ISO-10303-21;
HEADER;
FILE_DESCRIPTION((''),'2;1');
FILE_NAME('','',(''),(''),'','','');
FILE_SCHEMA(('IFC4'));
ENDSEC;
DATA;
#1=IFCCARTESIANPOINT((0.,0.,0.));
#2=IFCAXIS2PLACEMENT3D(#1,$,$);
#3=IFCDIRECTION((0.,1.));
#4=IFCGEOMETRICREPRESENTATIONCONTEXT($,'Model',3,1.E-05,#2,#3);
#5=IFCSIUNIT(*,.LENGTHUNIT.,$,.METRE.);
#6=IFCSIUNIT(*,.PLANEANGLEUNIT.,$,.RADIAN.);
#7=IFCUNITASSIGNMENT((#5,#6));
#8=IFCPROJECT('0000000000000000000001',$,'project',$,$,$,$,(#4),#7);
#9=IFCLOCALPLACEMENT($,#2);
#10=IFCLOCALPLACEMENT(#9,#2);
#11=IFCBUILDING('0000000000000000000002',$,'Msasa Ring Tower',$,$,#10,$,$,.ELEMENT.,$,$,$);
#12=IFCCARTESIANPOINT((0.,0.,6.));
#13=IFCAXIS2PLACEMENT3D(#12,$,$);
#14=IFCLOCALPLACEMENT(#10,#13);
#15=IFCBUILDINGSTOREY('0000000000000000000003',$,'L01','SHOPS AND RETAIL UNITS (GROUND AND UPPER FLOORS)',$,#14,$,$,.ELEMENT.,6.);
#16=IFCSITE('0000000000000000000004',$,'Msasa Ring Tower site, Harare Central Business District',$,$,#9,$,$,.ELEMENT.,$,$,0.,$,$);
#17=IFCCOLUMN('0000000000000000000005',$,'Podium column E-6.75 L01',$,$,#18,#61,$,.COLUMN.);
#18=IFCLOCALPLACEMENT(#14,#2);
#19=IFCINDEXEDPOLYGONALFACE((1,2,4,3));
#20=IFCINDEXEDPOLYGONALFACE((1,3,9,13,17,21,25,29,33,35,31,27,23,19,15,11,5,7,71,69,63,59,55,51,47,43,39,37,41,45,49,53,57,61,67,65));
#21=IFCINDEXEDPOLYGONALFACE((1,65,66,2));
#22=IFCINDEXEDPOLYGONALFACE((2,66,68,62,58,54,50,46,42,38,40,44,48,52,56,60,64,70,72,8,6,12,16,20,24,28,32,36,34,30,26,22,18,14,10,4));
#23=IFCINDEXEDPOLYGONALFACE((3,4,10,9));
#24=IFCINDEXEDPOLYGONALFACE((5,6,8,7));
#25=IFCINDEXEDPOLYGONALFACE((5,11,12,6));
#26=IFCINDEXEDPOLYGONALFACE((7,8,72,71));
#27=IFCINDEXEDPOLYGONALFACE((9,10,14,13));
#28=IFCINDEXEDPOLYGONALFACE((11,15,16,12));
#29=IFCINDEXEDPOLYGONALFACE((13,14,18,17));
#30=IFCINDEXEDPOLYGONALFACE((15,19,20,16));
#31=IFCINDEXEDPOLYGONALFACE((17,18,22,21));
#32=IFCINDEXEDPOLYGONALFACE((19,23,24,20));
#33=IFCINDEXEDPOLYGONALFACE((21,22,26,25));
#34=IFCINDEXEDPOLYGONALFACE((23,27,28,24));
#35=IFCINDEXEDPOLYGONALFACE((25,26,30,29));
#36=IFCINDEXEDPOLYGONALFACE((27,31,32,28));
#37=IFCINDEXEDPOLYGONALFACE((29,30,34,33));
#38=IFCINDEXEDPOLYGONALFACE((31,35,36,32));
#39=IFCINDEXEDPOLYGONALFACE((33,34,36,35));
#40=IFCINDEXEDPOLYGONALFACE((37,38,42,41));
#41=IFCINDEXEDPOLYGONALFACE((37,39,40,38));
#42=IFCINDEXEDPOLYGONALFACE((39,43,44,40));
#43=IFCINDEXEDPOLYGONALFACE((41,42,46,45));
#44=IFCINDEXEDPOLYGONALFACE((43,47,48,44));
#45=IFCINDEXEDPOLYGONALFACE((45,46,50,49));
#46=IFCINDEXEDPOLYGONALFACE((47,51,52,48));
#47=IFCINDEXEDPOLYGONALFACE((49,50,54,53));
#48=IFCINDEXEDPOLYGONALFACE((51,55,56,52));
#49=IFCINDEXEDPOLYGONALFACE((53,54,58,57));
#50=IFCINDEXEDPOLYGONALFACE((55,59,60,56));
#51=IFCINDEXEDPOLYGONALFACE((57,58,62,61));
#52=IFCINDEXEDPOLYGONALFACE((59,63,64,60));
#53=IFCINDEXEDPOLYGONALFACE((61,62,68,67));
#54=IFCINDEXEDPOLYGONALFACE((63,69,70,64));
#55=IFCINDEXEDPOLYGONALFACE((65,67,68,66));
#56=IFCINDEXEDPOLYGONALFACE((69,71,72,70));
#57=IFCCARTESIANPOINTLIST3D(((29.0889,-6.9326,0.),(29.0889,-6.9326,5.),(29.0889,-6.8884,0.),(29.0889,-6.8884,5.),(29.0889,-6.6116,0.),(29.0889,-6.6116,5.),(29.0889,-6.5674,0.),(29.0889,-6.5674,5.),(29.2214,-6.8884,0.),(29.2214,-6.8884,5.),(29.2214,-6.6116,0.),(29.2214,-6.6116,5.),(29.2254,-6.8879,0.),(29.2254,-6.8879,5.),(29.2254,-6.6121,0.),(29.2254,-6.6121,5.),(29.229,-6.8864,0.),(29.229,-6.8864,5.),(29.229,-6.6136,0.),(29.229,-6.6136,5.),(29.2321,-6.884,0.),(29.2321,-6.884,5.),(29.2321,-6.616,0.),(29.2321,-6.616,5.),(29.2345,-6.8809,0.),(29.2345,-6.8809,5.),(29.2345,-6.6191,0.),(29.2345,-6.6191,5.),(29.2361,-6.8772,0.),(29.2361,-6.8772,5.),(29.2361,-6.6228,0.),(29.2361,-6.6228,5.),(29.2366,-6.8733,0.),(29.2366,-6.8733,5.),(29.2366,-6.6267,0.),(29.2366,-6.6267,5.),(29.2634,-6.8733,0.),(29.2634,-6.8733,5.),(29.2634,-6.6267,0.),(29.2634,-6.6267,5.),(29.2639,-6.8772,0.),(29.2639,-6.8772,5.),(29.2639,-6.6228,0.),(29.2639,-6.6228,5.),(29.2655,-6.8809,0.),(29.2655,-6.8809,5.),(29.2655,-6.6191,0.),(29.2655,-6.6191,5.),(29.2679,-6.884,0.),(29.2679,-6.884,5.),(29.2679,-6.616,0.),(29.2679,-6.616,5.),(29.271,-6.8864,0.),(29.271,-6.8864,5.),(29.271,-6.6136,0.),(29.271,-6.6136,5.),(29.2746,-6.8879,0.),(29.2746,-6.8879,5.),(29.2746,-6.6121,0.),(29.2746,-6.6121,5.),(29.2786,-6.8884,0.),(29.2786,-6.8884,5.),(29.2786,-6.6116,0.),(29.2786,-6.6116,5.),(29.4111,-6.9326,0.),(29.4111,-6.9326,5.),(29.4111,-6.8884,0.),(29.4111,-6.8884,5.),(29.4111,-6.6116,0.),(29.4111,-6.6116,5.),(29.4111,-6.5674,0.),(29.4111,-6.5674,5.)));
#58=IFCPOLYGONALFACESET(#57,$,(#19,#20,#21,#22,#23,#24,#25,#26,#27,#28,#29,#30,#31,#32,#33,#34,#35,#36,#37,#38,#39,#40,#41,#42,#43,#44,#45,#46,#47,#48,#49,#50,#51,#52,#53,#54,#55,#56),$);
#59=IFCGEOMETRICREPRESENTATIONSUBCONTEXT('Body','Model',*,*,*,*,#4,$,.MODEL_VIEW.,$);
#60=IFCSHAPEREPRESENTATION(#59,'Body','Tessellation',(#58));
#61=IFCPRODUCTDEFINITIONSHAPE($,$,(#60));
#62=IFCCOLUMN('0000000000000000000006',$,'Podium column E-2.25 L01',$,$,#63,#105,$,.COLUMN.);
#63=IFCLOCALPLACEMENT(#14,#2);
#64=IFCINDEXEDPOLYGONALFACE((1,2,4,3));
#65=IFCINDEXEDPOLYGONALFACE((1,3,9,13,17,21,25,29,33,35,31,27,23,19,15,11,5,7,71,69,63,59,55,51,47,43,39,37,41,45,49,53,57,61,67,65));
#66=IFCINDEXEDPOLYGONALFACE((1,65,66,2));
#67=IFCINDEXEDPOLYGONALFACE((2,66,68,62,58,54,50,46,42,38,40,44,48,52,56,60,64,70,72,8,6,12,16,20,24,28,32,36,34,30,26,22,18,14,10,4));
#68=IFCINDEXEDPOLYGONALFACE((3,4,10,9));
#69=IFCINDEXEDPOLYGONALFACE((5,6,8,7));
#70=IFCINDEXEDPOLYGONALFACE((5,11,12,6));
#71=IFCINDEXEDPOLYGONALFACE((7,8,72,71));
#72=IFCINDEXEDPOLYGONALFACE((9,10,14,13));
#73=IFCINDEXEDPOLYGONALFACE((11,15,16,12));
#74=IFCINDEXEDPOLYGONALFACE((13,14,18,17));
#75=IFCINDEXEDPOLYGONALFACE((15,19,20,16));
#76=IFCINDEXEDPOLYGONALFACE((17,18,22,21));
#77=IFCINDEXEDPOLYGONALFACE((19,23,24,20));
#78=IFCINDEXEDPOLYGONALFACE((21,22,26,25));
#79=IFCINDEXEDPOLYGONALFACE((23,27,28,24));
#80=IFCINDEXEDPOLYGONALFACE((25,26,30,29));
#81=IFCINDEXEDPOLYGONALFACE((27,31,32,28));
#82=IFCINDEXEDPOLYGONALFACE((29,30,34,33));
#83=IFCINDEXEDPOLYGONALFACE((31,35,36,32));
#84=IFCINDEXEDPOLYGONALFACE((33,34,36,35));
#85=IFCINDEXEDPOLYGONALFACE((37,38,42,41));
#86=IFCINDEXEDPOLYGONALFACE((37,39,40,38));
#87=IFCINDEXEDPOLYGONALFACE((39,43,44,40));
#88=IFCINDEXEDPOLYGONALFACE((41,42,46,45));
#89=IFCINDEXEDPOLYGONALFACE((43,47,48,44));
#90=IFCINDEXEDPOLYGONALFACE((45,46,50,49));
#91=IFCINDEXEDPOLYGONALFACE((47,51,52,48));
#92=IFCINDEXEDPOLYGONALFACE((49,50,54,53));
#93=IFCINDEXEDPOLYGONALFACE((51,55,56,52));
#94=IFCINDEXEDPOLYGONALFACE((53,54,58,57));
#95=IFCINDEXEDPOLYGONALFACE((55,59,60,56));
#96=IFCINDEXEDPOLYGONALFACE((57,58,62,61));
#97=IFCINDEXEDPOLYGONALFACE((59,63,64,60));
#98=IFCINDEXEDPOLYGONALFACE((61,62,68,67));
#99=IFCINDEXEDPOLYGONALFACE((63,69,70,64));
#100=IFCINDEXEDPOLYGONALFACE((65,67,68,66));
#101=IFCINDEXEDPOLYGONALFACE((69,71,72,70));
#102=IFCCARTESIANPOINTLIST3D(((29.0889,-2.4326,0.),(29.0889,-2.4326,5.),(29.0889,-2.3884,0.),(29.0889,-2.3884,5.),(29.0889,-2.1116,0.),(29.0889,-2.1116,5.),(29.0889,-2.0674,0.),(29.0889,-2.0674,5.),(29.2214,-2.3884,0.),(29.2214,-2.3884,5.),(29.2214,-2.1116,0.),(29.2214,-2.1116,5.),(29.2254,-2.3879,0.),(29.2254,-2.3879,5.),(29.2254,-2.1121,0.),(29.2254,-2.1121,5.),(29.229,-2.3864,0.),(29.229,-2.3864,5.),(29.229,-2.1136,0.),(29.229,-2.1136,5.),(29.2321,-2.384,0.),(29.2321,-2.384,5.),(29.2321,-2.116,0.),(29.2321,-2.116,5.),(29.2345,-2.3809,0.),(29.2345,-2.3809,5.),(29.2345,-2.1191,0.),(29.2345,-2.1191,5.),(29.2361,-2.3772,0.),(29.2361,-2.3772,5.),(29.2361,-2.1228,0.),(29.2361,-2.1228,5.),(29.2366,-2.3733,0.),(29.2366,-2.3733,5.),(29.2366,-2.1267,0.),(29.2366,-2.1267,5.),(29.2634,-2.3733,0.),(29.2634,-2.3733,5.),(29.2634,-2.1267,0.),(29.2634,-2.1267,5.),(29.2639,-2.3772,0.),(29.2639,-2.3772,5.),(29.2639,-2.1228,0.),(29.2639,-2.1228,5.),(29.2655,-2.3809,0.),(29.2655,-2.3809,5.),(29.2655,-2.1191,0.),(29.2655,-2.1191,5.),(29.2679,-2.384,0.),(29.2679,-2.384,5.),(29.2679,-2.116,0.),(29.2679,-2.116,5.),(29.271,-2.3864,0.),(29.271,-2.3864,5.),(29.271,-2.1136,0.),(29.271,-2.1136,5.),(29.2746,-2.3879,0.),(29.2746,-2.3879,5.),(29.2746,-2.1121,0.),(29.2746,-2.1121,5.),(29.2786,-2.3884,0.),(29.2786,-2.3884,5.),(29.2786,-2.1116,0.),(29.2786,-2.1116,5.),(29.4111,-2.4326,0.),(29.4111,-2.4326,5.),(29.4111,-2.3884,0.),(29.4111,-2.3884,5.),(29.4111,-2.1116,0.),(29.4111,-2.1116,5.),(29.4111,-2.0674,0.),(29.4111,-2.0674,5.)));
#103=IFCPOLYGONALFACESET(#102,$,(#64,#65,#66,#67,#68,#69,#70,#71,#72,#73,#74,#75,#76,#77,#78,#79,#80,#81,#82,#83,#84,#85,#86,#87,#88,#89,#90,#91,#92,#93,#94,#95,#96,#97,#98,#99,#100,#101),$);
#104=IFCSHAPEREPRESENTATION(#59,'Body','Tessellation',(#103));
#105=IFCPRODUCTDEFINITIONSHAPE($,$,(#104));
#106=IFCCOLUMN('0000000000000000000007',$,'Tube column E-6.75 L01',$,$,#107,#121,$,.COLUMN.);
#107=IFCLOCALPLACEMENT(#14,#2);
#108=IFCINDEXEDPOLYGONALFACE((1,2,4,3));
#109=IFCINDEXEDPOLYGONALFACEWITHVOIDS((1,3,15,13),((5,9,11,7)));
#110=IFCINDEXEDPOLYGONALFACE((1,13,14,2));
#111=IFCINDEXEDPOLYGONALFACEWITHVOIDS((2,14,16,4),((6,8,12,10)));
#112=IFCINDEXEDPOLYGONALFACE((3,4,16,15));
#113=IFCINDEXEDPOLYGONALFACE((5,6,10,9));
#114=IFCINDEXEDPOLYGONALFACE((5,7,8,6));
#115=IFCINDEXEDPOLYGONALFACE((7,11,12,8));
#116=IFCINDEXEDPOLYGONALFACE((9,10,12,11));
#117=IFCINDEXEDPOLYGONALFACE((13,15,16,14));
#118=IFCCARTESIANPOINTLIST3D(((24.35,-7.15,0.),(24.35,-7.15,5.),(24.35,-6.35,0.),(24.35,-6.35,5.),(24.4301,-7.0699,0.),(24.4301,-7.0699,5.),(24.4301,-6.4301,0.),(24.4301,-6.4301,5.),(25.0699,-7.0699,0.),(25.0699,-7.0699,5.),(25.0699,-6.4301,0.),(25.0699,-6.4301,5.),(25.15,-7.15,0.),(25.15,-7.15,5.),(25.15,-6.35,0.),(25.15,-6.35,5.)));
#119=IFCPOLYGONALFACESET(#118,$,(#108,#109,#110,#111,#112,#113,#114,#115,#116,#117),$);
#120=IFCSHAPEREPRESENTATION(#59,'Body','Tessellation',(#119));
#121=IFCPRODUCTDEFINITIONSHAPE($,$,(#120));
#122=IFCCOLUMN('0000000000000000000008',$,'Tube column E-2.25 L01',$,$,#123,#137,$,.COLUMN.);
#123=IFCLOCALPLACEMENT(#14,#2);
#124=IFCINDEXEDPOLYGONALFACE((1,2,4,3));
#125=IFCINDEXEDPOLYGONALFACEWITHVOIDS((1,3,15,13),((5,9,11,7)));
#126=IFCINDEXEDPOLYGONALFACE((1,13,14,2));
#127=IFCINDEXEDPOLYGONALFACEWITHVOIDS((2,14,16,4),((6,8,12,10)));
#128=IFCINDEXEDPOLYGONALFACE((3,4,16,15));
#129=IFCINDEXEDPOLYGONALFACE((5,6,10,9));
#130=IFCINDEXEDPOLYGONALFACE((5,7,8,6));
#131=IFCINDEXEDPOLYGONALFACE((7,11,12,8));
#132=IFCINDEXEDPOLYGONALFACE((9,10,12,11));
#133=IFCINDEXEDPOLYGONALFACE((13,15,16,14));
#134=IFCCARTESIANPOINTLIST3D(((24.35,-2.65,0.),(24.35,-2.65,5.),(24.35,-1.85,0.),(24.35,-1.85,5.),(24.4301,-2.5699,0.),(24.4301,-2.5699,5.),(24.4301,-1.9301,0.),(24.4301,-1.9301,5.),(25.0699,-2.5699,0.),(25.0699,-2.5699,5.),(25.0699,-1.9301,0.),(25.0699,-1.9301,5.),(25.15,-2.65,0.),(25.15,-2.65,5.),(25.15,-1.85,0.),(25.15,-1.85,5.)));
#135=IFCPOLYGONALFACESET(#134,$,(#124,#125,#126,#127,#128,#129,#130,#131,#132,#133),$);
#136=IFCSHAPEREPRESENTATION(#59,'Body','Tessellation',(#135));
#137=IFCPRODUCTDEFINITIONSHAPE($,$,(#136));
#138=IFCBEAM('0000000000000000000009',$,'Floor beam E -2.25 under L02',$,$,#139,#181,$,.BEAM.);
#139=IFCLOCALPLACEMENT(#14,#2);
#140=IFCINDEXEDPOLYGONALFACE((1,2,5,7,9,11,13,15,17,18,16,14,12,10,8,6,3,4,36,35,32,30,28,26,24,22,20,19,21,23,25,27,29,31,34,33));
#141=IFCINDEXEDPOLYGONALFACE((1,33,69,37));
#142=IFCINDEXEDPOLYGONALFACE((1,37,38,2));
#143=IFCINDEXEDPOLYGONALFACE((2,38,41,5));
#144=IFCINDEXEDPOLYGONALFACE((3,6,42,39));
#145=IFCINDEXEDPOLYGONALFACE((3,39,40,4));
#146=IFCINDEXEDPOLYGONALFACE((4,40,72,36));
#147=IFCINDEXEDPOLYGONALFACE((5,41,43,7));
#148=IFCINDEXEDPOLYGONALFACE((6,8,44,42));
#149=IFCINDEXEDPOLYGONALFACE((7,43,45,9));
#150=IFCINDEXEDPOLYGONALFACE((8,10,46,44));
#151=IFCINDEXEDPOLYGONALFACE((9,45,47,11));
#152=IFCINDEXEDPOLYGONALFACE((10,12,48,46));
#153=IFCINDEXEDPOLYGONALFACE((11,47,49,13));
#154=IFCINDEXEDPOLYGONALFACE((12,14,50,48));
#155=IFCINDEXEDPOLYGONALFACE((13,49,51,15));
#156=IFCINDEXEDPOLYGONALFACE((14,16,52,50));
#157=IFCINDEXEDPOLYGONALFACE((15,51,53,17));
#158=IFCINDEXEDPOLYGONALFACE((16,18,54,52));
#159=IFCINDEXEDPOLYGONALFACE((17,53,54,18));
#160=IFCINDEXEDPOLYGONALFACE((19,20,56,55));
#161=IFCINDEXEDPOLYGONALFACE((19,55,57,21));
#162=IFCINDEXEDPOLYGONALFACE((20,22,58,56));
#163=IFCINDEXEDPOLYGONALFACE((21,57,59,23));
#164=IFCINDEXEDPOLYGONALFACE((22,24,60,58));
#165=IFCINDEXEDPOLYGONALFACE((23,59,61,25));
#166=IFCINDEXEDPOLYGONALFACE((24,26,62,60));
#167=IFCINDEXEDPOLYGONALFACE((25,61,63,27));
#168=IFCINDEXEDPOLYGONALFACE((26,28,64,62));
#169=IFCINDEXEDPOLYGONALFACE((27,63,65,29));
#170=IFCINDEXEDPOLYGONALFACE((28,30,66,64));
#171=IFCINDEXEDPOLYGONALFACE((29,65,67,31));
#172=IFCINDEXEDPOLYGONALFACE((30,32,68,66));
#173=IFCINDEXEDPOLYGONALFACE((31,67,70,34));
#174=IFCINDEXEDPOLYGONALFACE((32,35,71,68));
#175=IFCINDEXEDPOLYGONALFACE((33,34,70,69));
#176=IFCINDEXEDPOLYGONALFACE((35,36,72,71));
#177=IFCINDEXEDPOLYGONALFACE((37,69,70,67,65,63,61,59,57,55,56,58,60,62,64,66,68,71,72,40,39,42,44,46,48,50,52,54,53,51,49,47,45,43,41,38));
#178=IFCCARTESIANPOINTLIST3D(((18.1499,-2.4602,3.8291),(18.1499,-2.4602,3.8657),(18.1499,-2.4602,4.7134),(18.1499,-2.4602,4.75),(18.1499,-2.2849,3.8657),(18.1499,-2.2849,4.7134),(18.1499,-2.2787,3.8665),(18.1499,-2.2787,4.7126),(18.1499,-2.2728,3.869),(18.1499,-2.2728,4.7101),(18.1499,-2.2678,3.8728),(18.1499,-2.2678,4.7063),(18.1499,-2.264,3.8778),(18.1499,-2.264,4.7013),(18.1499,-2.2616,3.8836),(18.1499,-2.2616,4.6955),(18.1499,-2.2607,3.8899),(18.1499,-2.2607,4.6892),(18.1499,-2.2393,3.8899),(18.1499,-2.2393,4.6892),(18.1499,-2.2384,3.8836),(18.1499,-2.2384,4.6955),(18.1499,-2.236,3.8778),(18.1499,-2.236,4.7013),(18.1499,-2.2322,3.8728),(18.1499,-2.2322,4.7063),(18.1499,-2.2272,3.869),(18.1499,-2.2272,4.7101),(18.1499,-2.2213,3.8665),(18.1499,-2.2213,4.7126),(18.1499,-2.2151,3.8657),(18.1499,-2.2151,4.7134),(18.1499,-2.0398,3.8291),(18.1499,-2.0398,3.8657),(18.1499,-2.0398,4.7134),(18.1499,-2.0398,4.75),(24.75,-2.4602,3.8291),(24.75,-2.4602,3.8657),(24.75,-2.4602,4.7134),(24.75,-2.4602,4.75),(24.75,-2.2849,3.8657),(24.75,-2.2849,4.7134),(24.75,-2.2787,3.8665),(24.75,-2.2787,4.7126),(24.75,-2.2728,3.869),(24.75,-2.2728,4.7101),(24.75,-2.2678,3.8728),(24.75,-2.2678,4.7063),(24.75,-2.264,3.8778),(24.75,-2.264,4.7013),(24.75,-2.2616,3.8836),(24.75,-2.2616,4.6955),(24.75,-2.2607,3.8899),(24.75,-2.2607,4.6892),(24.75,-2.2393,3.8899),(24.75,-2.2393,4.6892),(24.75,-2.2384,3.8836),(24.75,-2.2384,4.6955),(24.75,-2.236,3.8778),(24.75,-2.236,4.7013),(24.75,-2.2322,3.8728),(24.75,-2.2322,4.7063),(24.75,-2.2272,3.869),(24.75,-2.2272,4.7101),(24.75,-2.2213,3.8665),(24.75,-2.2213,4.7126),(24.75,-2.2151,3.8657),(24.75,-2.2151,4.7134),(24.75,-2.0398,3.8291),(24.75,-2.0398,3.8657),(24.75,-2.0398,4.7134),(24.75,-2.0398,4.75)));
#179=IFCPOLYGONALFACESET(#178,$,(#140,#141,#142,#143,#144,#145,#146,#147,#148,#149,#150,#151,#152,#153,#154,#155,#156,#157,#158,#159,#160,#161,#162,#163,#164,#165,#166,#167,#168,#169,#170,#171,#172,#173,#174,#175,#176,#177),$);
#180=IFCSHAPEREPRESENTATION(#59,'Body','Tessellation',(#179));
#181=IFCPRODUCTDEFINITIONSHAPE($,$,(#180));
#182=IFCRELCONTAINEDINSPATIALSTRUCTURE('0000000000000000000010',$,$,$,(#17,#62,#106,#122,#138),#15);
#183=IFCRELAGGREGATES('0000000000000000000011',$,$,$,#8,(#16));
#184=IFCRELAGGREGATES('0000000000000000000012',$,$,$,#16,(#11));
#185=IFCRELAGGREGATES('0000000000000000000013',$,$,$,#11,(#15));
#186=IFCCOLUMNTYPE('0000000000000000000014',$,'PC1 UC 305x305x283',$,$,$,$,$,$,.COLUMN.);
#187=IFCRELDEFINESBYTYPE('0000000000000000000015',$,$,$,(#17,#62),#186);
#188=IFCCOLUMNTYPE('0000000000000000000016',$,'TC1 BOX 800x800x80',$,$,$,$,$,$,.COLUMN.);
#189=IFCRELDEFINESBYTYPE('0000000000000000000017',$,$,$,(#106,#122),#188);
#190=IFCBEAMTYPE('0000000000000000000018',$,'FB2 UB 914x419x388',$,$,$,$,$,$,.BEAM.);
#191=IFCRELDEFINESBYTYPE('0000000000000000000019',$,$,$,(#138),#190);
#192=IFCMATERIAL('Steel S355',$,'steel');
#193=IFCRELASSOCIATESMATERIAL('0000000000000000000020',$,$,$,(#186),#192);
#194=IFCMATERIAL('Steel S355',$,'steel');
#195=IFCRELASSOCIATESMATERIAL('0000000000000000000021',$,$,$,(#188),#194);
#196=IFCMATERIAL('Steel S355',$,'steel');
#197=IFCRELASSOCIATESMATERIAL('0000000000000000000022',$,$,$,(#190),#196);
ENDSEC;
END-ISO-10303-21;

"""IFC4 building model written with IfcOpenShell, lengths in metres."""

from ifc_helpers import new_model, si_unit, direction, frame, origin, origin_2d, place, context, subcontext, project, spatial, hollow_rectangle, i_section, extrude, material, material_profile, profile_set, type_object, element, save


model = new_model("IFC4")

# Units and contexts
model_context = context("Model", 3, precision=1e-05, world=origin(), true_north=direction((0.0, 1.0)))
body_context = subcontext(model_context, "Body", "Model", "MODEL_VIEW")
ifc_project = project(units=[si_unit("LENGTHUNIT", "METRE"), si_unit("PLANEANGLEUNIT", "RADIAN")], contexts=[model_context])

# Site, building, storey
site_placement = place(None, origin())
site = spatial("IfcSite", under=ifc_project, at=site_placement, Name="Msasa Ring Tower site, Harare Central Business District", CompositionType="ELEMENT", RefElevation=0.0)
building_placement = place(site_placement, origin())
building = spatial("IfcBuilding", under=site, at=building_placement, Name="Msasa Ring Tower", CompositionType="ELEMENT")
storey_placement = place(building_placement, frame((0.0, 0.0, 6.0)))
storey = spatial("IfcBuildingStorey", under=building, at=storey_placement, Name="L01", Description="SHOPS AND RETAIL UNITS (GROUND AND UPPER FLOORS)", CompositionType="ELEMENT", Elevation=6.0)

# Columns
ifc_material_1 = material(Name="Steel S355", Category="steel")
ifc_material_profile_1 = material_profile(ifc_material_1, i_section(OverallWidth=0.3223, OverallDepth=0.3652, WebThickness=0.0269, FlangeThickness=0.0442, FilletRadius=0.0151, at=origin_2d()), Name="UC 305x305x283")
ifc_profile_set_1 = profile_set([ifc_material_profile_1], Name="Steel S355")
column_type_1 = type_object("IfcColumnType", Name="PC1 UC 305x305x283", PredefinedType="COLUMN", material=ifc_profile_set_1)
for number, where, z_axis, x_axis, name in (
    (1, (29.25, -6.75, 0.0), (0.0, 0.0, 1.0), (1.0, 0.0, 0.0), "Podium column E-6.75 L01"),
    (2, (29.25, -2.25, 0.0), (0.0, 0.0, 1.0), (1.0, 0.0, 0.0), "Podium column E-2.25 L01"),
):
    element("IfcColumn", number, at=place(storey_placement, frame(where, z_axis=z_axis, x_axis=x_axis)), inside=storey, type_object=column_type_1, Name=name, PredefinedType="COLUMN", context=body_context, shape_type="SweptSolid", body=[
        extrude(i_section(OverallWidth=0.3223, OverallDepth=0.3652, WebThickness=0.0269, FlangeThickness=0.0442, FilletRadius=0.0151, at=origin_2d()), origin(), (0.0, 0.0, 1.0), 5.0),
    ])
ifc_material_2 = material(Name="Steel S355", Category="steel")
ifc_material_profile_2 = material_profile(ifc_material_2, hollow_rectangle(XDim=0.8, YDim=0.8, WallThickness=0.0801, at=origin_2d()), Name="BOX 800x800x80")
ifc_profile_set_2 = profile_set([ifc_material_profile_2], Name="Steel S355")
column_type_2 = type_object("IfcColumnType", Name="TC1 BOX 800x800x80", PredefinedType="COLUMN", material=ifc_profile_set_2)
for number, where, z_axis, x_axis, name in (
    (3, (24.75, -6.75, 0.0), (0.0, 0.0, 1.0), (1.0, 0.0, 0.0), "Tube column E-6.75 L01"),
    (4, (24.75, -2.25, 0.0), (0.0, 0.0, 1.0), (1.0, 0.0, 0.0), "Tube column E-2.25 L01"),
):
    element("IfcColumn", number, at=place(storey_placement, frame(where, z_axis=z_axis, x_axis=x_axis)), inside=storey, type_object=column_type_2, Name=name, PredefinedType="COLUMN", context=body_context, shape_type="SweptSolid", body=[
        extrude(hollow_rectangle(XDim=0.8, YDim=0.8, WallThickness=0.0801, at=origin_2d()), origin(), (0.0, 0.0, 1.0), 5.0),
    ])

# Beam
ifc_material_3 = material(Name="Steel S355", Category="steel")
ifc_material_profile_3 = material_profile(ifc_material_3, i_section(OverallWidth=0.4204, OverallDepth=0.9209, WebThickness=0.0215, FlangeThickness=0.0366, FilletRadius=0.0242, at=origin_2d()), Name="UB 914x419x388")
ifc_profile_set_3 = profile_set([ifc_material_profile_3], Name="Steel S355")
beam_type_1 = type_object("IfcBeamType", Name="FB2 UB 914x419x388", PredefinedType="BEAM", material=ifc_profile_set_3)
beam_placement = place(storey_placement, frame((24.75, -2.25, 4.2896), z_axis=(-1.0, 0.0, 0.0), x_axis=(0.0, -1.0, 0.0)))
element("IfcBeam", 5, at=beam_placement, inside=storey, type_object=beam_type_1, Name="Floor beam E -2.25 under L02", PredefinedType="BEAM", context=body_context, shape_type="SweptSolid", body=[
    extrude(i_section(OverallWidth=0.4204, OverallDepth=0.9209, WebThickness=0.0215, FlangeThickness=0.0366, FilletRadius=0.0242, at=origin_2d()), origin(), (0.0, 0.0, 1.0), 6.6001),
])

save(model, "model.ifc")
